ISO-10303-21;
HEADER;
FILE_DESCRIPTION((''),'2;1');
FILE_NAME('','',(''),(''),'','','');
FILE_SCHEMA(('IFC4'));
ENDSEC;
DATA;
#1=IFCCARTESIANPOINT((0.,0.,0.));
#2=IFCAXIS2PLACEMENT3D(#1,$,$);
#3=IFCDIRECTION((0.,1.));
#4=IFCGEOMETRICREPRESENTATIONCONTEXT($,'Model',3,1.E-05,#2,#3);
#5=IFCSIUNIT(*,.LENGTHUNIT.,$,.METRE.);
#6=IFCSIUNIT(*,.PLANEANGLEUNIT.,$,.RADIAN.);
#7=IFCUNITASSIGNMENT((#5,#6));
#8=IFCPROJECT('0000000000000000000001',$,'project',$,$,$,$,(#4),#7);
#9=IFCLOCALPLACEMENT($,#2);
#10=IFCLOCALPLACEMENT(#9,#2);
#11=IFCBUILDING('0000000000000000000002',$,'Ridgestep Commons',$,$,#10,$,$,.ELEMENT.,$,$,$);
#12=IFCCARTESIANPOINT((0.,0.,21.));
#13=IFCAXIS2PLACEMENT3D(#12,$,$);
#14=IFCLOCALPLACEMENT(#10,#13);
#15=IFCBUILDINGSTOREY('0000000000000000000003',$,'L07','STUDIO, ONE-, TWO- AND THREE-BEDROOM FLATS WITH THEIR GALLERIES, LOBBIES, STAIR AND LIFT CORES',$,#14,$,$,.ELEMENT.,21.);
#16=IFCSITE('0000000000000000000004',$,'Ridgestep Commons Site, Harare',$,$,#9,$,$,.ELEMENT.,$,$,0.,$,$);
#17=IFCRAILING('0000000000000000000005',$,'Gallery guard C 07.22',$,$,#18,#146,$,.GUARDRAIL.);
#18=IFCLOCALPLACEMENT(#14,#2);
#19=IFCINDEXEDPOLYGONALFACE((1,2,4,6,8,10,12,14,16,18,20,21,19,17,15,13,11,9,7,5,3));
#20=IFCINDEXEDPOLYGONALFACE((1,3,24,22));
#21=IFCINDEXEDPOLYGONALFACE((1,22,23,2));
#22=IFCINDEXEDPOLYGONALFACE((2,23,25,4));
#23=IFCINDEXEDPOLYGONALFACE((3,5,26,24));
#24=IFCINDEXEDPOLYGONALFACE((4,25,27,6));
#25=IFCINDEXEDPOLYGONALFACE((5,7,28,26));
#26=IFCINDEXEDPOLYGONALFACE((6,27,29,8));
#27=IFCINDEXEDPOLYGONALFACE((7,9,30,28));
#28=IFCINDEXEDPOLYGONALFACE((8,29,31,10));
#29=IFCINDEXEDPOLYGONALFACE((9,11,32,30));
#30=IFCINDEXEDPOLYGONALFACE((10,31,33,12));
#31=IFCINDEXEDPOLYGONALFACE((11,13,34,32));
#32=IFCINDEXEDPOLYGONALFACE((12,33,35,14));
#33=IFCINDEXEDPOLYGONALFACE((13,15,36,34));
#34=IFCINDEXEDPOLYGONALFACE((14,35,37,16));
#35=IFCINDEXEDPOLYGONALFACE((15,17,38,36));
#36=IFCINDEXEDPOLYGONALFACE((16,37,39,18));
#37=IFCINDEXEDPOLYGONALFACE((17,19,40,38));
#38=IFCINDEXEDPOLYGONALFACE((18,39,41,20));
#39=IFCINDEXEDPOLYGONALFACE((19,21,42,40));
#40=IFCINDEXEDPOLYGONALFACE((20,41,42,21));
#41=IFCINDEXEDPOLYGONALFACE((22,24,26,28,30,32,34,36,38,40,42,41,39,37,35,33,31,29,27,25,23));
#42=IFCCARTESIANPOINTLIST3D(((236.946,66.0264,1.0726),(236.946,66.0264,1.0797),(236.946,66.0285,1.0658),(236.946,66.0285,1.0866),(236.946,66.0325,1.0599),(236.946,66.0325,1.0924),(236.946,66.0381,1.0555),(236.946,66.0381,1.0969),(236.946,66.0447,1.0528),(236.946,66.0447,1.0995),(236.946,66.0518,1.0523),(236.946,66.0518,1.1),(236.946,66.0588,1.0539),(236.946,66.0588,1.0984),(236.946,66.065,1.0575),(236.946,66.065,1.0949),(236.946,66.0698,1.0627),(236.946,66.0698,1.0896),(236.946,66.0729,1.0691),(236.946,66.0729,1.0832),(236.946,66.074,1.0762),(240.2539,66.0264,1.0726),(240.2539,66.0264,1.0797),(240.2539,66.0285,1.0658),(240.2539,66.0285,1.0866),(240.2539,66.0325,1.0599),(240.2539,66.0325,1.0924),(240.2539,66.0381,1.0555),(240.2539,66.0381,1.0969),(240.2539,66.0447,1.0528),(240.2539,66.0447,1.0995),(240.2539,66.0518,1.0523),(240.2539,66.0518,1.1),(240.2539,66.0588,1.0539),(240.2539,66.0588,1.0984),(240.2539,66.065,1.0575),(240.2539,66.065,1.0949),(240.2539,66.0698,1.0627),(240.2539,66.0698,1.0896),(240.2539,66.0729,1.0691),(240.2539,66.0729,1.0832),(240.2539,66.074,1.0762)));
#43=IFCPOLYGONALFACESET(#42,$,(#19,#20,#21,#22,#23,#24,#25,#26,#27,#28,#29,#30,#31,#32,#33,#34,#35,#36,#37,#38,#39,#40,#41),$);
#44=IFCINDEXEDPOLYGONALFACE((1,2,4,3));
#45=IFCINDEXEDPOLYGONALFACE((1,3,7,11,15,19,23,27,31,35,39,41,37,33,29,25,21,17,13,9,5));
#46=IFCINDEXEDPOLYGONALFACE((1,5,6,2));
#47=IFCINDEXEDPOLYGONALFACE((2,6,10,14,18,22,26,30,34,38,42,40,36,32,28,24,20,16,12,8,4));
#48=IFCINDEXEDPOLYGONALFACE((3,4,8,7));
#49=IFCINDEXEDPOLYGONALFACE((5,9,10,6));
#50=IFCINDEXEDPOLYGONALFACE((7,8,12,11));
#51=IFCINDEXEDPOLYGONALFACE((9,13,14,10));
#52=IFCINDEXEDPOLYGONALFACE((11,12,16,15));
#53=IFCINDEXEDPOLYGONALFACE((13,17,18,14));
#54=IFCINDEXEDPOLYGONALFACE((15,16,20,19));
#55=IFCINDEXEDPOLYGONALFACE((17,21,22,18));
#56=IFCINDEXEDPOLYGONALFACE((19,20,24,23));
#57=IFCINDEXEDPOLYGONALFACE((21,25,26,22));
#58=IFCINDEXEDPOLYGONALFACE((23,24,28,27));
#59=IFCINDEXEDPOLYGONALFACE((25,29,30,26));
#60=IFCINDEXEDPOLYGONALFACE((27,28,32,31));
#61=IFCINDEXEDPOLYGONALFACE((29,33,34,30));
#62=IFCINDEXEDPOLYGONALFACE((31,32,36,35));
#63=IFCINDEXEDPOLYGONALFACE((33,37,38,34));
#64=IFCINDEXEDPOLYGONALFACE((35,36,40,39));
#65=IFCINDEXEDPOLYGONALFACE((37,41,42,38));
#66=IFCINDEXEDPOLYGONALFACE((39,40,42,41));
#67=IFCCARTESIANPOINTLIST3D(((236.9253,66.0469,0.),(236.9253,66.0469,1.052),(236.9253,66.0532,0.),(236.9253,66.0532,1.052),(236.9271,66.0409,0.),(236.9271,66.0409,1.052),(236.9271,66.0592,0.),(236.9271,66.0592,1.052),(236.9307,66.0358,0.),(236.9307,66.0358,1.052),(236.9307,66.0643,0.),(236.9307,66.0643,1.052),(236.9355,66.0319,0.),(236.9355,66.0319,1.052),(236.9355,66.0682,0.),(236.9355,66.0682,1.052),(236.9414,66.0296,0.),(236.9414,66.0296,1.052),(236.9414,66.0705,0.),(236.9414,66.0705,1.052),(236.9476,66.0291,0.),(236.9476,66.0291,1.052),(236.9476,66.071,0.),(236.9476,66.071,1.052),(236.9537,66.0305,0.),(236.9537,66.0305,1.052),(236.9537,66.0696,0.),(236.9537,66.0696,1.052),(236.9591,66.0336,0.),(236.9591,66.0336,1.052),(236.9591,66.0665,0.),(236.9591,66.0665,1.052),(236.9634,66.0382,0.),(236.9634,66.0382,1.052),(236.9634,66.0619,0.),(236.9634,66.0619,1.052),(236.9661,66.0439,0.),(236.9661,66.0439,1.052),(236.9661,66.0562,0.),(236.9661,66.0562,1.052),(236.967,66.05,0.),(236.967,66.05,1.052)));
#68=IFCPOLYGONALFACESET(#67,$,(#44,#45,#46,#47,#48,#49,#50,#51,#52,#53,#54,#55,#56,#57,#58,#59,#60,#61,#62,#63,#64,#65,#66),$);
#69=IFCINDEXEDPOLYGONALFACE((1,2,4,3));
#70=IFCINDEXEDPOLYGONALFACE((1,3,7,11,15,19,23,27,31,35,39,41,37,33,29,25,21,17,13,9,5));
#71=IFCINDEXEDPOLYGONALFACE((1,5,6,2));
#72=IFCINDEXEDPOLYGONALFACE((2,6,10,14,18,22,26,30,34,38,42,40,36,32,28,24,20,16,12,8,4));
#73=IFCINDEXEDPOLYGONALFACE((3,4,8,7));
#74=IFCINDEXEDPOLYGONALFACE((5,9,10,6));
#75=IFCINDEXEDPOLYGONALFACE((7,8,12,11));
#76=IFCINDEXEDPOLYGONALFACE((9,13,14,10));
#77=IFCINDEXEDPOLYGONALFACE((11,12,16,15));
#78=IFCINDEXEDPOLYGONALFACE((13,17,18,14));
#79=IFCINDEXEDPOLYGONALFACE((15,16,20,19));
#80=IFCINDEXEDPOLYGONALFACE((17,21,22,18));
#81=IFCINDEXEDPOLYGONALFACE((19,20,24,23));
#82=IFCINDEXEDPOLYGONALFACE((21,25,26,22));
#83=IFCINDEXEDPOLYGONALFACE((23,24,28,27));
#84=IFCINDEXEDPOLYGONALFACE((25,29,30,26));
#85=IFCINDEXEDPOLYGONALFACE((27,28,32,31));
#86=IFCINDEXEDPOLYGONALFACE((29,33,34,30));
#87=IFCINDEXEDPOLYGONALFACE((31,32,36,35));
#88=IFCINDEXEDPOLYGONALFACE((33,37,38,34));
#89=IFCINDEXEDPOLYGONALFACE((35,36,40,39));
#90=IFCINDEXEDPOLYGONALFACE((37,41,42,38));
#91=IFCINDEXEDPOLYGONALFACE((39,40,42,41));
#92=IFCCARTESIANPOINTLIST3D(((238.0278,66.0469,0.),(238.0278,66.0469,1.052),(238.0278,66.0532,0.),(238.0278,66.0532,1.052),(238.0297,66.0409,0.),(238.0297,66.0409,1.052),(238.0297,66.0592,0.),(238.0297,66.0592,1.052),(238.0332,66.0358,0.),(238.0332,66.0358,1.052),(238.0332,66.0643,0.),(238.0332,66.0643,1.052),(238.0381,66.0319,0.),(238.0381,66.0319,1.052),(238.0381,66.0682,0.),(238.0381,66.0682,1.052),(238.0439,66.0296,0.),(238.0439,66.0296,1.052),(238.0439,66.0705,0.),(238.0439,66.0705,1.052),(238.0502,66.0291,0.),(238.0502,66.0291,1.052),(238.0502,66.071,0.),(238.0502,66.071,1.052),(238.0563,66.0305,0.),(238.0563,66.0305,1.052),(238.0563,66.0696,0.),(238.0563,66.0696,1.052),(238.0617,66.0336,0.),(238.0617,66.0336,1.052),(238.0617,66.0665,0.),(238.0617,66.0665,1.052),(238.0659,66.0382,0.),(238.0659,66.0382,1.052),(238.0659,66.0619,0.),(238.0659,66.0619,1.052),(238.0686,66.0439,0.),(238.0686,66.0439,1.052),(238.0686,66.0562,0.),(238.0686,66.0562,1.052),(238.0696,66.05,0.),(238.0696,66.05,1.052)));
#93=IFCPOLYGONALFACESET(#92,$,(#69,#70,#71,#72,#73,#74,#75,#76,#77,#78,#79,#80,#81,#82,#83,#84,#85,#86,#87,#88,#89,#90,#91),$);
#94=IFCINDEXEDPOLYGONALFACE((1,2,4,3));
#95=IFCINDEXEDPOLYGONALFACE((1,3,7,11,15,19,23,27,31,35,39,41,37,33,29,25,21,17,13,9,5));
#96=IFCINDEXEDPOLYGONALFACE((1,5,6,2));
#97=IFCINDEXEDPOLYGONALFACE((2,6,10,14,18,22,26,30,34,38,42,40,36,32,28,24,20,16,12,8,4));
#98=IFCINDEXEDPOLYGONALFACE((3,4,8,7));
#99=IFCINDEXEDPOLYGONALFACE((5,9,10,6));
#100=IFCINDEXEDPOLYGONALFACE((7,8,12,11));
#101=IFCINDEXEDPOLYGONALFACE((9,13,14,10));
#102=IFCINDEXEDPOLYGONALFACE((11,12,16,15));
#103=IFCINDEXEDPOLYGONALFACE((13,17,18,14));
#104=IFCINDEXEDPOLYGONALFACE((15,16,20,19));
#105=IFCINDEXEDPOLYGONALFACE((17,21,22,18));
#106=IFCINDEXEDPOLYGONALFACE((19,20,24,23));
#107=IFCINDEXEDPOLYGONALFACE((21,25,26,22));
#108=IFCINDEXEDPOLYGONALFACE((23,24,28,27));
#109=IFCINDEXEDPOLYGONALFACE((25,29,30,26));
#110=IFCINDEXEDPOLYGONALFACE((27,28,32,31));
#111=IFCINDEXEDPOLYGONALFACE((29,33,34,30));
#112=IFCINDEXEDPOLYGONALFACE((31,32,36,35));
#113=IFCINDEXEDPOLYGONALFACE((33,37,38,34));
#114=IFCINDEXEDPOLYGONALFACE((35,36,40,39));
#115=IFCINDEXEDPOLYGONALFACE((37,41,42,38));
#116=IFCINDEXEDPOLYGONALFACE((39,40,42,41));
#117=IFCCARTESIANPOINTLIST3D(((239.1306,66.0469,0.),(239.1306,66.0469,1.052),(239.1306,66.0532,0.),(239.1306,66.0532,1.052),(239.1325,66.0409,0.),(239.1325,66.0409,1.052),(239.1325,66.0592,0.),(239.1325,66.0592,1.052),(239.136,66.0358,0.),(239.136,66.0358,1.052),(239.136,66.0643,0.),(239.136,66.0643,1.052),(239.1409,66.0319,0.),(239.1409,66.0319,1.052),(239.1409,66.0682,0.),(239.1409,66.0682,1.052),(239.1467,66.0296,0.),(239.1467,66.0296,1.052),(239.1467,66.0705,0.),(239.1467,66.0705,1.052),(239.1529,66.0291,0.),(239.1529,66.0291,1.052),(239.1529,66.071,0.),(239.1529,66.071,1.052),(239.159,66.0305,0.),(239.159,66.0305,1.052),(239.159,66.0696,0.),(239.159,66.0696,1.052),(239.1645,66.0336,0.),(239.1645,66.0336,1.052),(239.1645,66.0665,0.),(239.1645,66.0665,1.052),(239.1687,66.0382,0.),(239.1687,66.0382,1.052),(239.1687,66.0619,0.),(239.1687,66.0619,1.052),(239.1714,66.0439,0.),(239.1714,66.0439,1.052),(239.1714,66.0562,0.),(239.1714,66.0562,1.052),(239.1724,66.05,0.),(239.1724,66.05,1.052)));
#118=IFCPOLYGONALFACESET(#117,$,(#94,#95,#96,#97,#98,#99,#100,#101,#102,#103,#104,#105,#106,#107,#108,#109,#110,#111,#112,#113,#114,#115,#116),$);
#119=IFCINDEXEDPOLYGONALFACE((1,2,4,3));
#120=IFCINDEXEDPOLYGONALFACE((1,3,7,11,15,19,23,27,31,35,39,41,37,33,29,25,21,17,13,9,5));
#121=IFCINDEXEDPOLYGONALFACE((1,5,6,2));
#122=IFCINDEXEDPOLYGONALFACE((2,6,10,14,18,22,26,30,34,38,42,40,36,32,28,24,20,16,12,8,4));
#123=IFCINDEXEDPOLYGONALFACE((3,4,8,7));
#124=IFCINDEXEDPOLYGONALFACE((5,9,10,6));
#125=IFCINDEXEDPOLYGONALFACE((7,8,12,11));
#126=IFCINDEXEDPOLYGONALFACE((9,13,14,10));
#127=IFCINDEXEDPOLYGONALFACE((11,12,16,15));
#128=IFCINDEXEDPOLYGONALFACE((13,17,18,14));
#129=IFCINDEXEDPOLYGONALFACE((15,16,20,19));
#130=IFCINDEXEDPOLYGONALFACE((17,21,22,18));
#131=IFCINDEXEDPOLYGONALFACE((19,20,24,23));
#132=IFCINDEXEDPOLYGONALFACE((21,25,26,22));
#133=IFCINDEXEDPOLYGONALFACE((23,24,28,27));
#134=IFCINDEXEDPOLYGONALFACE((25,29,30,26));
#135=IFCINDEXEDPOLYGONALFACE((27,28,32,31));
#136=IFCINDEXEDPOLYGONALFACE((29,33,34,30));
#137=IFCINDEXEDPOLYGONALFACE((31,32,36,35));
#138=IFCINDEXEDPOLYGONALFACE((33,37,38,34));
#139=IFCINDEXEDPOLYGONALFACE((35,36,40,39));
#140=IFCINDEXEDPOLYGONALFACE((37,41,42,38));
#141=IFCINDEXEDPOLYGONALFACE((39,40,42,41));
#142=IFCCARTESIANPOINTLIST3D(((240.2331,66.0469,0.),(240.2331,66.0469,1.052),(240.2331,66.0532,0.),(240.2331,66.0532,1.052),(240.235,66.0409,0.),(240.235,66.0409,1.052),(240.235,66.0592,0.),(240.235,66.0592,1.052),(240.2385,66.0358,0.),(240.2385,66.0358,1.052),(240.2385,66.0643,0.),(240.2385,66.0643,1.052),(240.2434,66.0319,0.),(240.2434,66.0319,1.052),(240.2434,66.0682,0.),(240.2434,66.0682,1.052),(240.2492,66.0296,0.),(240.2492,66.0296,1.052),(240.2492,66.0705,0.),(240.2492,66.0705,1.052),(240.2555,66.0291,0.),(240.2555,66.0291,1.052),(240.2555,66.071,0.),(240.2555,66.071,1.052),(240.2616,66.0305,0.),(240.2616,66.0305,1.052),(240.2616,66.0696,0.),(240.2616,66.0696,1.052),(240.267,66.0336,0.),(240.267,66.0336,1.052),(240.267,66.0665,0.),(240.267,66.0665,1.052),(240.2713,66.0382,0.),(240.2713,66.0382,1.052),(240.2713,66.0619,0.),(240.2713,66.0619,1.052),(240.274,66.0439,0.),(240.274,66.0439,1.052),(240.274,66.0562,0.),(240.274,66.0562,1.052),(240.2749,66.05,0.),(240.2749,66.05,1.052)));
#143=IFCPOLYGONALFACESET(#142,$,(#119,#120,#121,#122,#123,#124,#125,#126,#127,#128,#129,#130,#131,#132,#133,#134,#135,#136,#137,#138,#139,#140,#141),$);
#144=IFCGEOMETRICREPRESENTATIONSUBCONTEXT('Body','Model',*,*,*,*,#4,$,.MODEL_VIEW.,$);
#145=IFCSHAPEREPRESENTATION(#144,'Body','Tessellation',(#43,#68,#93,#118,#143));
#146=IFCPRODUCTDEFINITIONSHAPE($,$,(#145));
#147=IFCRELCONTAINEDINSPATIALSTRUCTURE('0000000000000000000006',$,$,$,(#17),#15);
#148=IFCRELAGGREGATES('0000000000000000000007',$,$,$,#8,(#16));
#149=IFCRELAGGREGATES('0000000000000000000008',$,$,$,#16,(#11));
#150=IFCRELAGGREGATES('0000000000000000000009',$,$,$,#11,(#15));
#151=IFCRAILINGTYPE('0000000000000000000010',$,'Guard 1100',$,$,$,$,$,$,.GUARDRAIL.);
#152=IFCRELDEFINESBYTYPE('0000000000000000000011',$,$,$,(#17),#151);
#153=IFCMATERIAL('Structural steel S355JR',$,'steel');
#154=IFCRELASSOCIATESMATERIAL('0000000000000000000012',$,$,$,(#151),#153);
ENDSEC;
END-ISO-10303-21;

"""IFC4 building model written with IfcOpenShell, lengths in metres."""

from ifc_helpers import new_model, si_unit, direction, frame, origin, origin_2d, place, context, subcontext, project, spatial, circle, extrude, material, type_object, element, save


model = new_model("IFC4")

# Units and contexts
model_context = context("Model", 3, precision=1e-05, world=origin(), true_north=direction((0.0, 1.0)))
body_context = subcontext(model_context, "Body", "Model", "MODEL_VIEW")
ifc_project = project(units=[si_unit("LENGTHUNIT", "METRE"), si_unit("PLANEANGLEUNIT", "RADIAN")], contexts=[model_context])

# Site, building, storey
site_placement = place(None, origin())
site = spatial("IfcSite", under=ifc_project, at=site_placement, Name="Ridgestep Commons Site, Harare", CompositionType="ELEMENT", RefElevation=0.0)
building_placement = place(site_placement, origin())
building = spatial("IfcBuilding", under=site, at=building_placement, Name="Ridgestep Commons", CompositionType="ELEMENT")
storey_placement = place(building_placement, frame((0.0, 0.0, 21.0)))
storey = spatial("IfcBuildingStorey", under=building, at=storey_placement, Name="L07", Description="STUDIO, ONE-, TWO- AND THREE-BEDROOM FLATS WITH THEIR GALLERIES, LOBBIES, STAIR AND LIFT CORES", CompositionType="ELEMENT", Elevation=21.0)

# Railing
ifc_material_1 = material(Name="Structural steel S355JR", Category="steel")
railing_type = type_object("IfcRailingType", Name="Guard 1100", PredefinedType="GUARDRAIL", material=ifc_material_1)
railing_1_placement = place(storey_placement, frame((236.946, 66.05, 0.0)))
element("IfcRailing", 1, at=railing_1_placement, inside=storey, type_object=railing_type, Name="Gallery guard C 07.22", PredefinedType="GUARDRAIL", context=body_context, shape_type="SweptSolid", body=[
    extrude(circle(Radius=0.0239, at=origin_2d()), frame((0.0, 0.0, 1.0762), z_axis=(1.0, 0.0, 0.0), x_axis=(0.0, 1.0, 0.0)), (0.0, 0.0, 1.0), 3.3079),
    extrude(circle(Radius=0.021, at=origin_2d()), origin(), (0.0, 0.0, 1.0), 1.052),
    extrude(circle(Radius=0.021, at=origin_2d()), frame((1.1025, 0.0, 0.0)), (0.0, 0.0, 1.0), 1.052),
    extrude(circle(Radius=0.021, at=origin_2d()), frame((2.2053, 0.0, 0.0)), (0.0, 0.0, 1.0), 1.052),
    extrude(circle(Radius=0.021, at=origin_2d()), frame((3.3079, 0.0, 0.0)), (0.0, 0.0, 1.0), 1.052),
])

save(model, "model.ifc")
